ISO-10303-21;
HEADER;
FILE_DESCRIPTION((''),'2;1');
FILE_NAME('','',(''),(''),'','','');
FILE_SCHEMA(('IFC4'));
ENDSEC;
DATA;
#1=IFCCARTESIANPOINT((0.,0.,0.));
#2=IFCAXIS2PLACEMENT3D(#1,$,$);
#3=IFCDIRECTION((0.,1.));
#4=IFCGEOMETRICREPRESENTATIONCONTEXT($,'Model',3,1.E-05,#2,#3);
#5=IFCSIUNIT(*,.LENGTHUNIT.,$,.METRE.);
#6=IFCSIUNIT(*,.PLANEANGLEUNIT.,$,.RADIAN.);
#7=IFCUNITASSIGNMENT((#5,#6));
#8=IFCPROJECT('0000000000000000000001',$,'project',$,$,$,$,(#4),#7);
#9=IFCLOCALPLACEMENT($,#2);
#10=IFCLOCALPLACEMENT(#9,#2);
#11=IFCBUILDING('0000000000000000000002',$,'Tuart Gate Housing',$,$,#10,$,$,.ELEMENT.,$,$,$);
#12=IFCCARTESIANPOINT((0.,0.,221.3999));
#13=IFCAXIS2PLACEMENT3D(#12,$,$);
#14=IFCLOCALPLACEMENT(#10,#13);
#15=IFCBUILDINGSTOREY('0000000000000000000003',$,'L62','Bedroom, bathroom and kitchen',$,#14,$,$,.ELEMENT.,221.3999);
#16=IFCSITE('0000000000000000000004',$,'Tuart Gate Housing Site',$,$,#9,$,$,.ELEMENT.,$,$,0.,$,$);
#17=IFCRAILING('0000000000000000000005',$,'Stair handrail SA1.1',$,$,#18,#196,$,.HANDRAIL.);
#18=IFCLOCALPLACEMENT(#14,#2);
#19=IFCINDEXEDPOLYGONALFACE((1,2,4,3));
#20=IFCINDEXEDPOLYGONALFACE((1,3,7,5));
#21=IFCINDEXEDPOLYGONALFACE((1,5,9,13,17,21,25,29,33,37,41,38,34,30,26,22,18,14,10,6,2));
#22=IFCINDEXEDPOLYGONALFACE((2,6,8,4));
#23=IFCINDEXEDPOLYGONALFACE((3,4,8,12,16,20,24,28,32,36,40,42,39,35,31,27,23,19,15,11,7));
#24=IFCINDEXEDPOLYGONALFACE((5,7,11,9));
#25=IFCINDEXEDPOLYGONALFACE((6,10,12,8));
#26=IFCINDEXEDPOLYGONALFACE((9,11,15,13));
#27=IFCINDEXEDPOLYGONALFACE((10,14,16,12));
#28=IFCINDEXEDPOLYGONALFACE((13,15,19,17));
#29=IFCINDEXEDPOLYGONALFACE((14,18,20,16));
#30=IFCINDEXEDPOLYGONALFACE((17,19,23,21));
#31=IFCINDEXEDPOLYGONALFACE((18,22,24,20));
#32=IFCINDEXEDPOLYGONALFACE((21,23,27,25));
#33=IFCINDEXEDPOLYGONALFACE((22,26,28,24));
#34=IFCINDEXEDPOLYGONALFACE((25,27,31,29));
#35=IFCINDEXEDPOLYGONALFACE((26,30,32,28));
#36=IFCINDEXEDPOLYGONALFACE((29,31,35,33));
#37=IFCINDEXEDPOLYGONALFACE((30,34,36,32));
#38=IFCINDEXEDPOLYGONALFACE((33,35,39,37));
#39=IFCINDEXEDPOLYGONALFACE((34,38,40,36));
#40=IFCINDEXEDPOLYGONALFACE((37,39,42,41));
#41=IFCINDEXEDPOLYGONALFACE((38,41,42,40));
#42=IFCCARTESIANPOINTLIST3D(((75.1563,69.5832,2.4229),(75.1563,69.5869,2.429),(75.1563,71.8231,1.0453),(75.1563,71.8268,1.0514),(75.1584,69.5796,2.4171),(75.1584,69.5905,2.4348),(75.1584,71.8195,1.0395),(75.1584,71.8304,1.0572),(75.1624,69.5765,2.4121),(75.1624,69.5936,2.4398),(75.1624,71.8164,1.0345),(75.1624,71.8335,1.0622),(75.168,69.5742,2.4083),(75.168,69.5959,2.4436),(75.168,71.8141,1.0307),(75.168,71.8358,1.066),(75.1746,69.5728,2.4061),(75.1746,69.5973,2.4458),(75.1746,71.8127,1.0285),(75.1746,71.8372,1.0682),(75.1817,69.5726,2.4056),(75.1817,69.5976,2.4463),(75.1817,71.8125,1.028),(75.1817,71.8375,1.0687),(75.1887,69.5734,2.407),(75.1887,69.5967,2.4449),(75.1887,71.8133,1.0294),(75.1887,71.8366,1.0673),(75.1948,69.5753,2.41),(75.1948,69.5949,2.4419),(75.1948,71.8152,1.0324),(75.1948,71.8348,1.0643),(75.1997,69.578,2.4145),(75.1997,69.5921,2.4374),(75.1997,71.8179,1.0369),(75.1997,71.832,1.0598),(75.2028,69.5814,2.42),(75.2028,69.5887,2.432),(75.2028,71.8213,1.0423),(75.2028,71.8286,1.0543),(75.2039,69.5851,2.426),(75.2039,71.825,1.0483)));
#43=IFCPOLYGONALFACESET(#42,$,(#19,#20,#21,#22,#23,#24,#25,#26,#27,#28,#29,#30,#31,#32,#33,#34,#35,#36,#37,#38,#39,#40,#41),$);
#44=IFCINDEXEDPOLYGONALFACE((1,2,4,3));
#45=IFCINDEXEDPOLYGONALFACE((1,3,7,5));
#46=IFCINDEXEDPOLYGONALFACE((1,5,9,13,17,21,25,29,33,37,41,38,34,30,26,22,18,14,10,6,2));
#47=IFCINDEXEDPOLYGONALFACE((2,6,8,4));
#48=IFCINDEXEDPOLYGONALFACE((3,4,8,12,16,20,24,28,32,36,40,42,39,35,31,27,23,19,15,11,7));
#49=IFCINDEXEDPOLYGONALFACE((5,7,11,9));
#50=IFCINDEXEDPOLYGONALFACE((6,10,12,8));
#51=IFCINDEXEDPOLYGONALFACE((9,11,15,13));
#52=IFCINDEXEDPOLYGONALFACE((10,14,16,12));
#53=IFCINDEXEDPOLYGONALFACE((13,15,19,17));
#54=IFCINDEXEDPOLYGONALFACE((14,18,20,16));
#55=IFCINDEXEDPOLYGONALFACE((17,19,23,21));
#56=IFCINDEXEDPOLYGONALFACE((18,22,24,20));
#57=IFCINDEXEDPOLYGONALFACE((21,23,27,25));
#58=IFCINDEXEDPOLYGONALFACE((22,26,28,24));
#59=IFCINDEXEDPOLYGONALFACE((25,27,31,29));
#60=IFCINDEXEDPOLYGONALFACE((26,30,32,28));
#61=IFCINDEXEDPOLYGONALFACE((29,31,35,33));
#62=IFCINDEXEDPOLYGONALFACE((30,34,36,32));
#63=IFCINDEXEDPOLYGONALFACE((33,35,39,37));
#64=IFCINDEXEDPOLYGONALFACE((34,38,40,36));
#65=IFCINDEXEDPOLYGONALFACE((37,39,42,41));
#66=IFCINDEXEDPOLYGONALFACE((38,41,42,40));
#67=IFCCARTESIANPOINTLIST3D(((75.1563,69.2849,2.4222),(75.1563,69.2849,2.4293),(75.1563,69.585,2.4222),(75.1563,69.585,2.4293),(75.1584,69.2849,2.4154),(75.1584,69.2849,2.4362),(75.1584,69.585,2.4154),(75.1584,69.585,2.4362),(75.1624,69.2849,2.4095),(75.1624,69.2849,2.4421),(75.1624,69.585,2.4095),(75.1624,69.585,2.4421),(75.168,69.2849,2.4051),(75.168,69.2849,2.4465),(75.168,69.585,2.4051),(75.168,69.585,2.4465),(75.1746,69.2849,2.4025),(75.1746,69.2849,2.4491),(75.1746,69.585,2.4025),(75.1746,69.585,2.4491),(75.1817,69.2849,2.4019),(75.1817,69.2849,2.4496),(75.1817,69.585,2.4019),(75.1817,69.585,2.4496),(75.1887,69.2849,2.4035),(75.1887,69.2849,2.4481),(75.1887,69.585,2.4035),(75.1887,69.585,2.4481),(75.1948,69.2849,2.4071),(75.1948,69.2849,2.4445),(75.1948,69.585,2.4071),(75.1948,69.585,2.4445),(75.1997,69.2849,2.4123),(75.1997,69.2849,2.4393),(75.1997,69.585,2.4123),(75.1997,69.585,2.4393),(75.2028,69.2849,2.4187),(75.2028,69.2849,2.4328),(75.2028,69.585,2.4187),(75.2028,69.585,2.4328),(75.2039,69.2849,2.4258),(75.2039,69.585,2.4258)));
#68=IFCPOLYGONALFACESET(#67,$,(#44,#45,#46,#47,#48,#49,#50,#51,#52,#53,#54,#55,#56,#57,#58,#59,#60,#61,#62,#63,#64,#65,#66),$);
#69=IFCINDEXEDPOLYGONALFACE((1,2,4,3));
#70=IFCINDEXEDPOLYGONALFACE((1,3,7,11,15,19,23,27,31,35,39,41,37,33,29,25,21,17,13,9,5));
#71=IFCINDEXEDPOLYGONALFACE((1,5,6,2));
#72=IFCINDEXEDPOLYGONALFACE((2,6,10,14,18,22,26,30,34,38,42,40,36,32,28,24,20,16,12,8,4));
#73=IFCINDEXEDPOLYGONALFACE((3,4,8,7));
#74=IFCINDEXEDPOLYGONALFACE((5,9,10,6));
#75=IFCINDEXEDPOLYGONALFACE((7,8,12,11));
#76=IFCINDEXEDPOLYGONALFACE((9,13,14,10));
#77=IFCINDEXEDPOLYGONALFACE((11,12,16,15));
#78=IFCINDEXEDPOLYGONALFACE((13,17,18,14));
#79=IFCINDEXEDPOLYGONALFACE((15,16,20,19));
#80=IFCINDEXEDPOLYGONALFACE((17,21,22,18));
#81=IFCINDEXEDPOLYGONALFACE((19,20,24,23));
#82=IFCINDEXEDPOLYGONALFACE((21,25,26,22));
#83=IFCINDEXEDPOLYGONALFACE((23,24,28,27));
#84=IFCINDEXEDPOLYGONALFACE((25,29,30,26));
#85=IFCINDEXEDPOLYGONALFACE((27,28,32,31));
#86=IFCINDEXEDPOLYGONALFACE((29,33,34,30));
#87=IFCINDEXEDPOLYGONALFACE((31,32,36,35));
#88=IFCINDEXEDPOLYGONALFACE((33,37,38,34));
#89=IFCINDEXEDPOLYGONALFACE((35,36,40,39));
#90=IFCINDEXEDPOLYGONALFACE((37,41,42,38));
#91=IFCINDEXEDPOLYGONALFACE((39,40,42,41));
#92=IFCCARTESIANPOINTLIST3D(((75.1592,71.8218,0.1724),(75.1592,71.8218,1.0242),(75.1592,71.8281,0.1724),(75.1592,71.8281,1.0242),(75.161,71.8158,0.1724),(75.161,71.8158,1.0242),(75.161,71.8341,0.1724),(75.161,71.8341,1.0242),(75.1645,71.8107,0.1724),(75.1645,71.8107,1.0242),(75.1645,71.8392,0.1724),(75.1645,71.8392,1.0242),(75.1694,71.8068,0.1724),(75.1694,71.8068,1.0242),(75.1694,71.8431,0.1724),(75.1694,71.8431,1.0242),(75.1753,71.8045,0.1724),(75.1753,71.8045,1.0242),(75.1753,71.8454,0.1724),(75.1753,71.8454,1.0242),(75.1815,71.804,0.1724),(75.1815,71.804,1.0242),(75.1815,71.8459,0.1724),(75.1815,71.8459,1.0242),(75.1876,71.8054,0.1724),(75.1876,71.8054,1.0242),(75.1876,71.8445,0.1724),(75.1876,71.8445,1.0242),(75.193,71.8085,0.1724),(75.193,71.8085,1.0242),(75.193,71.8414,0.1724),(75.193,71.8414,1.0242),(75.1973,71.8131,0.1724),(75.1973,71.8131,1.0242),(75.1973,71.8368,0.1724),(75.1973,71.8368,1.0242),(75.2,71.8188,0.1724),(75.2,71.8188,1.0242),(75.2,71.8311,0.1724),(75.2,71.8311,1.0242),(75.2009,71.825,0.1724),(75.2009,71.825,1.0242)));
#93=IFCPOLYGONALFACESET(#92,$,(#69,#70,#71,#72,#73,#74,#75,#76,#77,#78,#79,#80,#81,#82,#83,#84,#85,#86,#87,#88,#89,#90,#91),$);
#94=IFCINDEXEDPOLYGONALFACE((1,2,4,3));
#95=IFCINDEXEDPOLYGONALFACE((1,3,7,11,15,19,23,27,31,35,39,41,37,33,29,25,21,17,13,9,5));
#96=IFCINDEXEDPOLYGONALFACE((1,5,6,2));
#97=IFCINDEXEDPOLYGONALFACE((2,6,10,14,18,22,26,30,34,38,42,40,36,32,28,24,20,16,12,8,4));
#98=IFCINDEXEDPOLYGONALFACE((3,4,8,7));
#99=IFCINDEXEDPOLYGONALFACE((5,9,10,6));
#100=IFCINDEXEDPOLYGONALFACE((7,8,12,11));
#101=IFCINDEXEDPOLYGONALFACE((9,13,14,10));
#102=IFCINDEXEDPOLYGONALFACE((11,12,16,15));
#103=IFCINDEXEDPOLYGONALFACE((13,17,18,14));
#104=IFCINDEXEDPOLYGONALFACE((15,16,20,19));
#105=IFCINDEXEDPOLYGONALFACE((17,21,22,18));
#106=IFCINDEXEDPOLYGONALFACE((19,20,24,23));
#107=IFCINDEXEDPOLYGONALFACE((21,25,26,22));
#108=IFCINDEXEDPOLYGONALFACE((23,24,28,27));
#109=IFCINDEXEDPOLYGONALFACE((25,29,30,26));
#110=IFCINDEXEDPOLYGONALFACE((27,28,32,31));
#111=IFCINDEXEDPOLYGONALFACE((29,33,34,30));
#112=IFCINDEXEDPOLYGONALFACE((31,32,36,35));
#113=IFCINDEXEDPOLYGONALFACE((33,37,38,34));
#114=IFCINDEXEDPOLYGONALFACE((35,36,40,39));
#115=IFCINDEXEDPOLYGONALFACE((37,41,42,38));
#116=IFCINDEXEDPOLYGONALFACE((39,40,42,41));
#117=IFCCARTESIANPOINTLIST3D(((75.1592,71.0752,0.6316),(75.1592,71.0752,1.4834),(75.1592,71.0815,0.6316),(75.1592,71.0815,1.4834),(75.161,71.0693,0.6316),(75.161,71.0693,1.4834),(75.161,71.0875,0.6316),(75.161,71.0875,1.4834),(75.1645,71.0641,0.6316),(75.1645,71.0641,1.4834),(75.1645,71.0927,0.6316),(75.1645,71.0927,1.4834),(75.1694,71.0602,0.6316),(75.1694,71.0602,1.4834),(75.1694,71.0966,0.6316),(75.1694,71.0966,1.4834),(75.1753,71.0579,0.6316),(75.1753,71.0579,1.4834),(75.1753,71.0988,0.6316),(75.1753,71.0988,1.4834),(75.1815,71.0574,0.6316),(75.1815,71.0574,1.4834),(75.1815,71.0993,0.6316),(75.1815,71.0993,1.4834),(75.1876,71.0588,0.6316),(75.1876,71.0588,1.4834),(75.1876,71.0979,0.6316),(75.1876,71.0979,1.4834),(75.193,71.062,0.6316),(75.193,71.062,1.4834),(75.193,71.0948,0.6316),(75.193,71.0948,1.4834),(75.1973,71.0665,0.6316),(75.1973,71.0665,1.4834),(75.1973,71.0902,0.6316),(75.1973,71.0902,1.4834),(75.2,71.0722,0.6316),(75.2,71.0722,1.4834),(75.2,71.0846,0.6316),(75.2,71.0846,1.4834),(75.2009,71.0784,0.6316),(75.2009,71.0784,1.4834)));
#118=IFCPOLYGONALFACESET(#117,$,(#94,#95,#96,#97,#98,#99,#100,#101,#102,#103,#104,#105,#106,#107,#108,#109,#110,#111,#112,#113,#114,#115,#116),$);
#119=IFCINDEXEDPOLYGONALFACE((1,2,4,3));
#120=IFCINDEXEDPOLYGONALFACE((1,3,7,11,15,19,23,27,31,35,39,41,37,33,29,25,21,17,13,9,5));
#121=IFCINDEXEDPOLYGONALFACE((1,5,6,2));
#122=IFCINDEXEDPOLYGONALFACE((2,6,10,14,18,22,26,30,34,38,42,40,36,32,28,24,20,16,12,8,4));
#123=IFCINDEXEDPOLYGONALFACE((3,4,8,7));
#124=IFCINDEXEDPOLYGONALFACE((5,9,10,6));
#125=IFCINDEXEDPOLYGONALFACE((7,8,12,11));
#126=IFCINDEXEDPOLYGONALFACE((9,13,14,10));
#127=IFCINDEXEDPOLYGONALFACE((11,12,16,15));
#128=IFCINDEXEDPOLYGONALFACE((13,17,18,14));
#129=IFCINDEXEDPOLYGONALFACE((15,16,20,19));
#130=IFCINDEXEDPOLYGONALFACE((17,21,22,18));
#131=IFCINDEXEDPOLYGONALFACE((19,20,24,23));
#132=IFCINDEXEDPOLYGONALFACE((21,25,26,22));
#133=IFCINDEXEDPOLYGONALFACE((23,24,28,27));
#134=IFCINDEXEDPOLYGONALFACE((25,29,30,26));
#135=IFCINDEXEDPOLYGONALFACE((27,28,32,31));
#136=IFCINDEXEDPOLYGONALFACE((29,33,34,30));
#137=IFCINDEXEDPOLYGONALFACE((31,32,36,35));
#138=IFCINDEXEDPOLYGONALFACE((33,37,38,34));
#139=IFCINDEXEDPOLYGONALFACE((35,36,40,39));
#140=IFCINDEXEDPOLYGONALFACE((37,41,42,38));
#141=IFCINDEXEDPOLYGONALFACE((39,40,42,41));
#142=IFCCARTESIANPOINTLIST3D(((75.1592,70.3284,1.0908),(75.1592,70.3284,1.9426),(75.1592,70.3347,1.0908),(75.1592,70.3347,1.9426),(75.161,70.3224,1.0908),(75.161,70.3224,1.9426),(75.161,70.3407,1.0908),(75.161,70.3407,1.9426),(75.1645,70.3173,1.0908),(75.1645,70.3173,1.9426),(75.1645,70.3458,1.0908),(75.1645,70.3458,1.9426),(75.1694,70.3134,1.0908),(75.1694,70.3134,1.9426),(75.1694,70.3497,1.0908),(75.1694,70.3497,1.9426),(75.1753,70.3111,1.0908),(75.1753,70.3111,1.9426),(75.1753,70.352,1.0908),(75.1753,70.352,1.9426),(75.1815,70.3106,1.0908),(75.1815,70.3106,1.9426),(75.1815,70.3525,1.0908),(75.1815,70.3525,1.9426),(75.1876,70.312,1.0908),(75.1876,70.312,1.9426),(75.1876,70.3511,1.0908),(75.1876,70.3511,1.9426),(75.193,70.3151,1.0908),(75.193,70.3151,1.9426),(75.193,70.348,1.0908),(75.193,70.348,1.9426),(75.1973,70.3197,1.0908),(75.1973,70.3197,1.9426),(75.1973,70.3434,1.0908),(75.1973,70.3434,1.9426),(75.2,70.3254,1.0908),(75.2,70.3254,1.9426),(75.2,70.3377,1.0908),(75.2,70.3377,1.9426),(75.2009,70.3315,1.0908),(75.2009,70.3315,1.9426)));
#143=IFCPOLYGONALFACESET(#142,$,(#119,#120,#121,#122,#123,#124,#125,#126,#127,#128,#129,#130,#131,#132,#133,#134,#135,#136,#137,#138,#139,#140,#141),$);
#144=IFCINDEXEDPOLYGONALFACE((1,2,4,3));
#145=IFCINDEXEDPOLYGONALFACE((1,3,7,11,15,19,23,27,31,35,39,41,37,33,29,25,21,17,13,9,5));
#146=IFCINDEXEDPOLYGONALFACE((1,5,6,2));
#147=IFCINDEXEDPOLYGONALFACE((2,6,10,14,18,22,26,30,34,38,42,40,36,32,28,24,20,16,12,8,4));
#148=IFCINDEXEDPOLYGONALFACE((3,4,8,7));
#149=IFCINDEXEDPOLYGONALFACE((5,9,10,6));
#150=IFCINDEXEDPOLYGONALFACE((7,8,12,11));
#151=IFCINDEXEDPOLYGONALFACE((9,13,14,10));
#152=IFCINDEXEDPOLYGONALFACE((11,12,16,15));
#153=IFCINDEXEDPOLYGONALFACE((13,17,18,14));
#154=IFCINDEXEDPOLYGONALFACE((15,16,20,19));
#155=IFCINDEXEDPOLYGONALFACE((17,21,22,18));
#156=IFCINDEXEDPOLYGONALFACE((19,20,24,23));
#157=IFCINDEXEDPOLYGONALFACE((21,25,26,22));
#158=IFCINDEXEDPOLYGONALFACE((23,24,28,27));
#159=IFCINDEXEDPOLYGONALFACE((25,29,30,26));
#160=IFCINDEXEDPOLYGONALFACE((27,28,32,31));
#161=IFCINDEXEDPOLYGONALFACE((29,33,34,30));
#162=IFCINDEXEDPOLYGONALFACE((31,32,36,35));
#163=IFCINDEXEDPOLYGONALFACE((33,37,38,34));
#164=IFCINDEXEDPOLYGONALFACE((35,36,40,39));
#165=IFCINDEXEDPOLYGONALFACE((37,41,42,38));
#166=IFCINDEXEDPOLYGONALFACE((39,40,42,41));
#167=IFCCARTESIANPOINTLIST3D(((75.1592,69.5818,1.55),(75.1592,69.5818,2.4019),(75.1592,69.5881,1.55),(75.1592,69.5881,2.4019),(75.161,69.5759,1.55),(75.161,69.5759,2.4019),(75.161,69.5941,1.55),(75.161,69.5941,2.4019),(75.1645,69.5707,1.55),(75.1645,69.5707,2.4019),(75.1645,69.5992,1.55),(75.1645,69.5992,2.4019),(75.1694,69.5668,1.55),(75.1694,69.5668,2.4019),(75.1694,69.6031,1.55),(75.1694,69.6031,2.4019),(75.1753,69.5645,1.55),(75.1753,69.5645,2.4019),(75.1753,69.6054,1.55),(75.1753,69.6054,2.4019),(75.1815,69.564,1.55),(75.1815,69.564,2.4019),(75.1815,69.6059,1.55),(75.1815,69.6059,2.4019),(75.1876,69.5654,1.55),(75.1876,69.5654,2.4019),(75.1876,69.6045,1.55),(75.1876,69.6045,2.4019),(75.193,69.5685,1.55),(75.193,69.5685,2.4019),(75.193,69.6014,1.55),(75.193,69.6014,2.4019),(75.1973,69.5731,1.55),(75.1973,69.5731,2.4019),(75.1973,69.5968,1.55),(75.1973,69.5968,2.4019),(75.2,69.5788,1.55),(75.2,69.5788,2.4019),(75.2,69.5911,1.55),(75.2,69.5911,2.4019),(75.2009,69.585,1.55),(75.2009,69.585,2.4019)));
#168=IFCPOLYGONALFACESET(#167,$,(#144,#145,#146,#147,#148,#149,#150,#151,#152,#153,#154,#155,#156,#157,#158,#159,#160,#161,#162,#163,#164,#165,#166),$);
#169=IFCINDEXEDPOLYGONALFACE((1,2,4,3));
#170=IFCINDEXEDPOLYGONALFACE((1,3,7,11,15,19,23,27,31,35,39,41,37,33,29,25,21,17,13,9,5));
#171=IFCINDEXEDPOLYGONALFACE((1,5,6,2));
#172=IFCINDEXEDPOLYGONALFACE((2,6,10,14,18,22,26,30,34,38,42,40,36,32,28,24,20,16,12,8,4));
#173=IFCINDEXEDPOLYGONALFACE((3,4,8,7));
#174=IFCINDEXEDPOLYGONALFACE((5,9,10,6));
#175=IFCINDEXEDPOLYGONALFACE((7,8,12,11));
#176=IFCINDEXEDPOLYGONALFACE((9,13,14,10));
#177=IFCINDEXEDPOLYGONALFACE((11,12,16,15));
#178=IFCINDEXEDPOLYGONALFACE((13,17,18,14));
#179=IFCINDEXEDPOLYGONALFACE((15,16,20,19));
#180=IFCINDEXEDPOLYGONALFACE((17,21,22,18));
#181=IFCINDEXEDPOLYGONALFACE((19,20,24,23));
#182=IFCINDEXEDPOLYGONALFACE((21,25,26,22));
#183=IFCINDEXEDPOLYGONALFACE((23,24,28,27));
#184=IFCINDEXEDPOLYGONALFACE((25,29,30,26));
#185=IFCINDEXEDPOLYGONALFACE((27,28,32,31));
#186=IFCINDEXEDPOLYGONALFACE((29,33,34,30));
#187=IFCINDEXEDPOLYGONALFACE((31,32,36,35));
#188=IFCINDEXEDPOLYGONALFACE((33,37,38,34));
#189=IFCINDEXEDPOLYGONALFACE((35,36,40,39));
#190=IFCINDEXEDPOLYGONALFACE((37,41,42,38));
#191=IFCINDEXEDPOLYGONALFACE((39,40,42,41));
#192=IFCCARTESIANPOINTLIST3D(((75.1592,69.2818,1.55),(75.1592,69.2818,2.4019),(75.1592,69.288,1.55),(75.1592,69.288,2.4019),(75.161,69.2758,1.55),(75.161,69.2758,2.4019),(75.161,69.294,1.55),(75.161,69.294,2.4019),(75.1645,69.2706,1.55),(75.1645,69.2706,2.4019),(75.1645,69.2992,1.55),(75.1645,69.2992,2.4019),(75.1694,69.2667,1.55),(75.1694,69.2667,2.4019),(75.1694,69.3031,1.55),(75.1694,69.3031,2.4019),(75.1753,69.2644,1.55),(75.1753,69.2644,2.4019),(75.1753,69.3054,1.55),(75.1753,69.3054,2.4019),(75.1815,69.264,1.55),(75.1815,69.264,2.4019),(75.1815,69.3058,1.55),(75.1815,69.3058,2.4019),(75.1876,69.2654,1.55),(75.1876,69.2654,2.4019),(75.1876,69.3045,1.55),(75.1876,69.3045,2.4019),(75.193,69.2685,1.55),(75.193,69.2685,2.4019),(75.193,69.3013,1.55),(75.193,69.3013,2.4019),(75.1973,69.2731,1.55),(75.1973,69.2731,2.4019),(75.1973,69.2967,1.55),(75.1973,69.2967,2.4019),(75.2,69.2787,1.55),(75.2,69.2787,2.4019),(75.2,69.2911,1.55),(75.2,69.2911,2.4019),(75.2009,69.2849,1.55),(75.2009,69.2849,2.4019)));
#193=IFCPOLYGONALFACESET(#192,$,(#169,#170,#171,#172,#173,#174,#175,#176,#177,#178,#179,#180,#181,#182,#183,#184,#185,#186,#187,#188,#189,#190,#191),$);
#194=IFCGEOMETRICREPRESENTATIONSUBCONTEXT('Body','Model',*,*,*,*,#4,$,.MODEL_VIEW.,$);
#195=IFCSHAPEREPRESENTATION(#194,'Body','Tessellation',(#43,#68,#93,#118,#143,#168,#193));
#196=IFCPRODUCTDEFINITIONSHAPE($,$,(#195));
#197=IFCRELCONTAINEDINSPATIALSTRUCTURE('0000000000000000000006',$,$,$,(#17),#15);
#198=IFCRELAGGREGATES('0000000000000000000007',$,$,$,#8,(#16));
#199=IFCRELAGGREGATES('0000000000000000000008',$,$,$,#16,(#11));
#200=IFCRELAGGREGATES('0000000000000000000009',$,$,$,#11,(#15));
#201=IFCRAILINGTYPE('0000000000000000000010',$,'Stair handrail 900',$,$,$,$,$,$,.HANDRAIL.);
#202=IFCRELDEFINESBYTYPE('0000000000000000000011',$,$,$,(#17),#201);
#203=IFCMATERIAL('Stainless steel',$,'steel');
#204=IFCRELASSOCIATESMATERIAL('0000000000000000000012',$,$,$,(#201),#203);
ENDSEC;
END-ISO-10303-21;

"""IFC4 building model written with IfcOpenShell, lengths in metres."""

from ifc_helpers import new_model, si_unit, direction, frame, origin, origin_2d, place, context, subcontext, project, spatial, circle, extrude, material, type_object, element, save


model = new_model("IFC4")

# Units and contexts
model_context = context("Model", 3, precision=1e-05, world=origin(), true_north=direction((0.0, 1.0)))
body_context = subcontext(model_context, "Body", "Model", "MODEL_VIEW")
ifc_project = project(units=[si_unit("LENGTHUNIT", "METRE"), si_unit("PLANEANGLEUNIT", "RADIAN")], contexts=[model_context])

# Site, building, storey
site_placement = place(None, origin())
site = spatial("IfcSite", under=ifc_project, at=site_placement, Name="Tuart Gate Housing Site", CompositionType="ELEMENT", RefElevation=0.0)
building_placement = place(site_placement, origin())
building = spatial("IfcBuilding", under=site, at=building_placement, Name="Tuart Gate Housing", CompositionType="ELEMENT")
storey_placement = place(building_placement, frame((0.0, 0.0, 221.3999)))
storey = spatial("IfcBuildingStorey", under=building, at=storey_placement, Name="L62", Description="Bedroom, bathroom and kitchen", CompositionType="ELEMENT", Elevation=221.3999)

# Railing
ifc_material_1 = material(Name="Stainless steel", Category="steel")
railing_type = type_object("IfcRailingType", Name="Stair handrail 900", PredefinedType="HANDRAIL", material=ifc_material_1)
railing_placement = place(storey_placement, frame((75.1799, 71.825, 0.1724)))
element("IfcRailing", 1, at=railing_placement, inside=storey, type_object=railing_type, Name="Stair handrail SA1.1", PredefinedType="HANDRAIL", context=body_context, shape_type="SweptSolid", body=[
    extrude(circle(Radius=0.0239, at=origin_2d()), frame((0.0, 0.0, 0.876), z_axis=(0.0, -0.851789, 0.523885), x_axis=(1.0, 0.0, 0.0)), (0.0, 0.0, 1.0), 2.6296),
    extrude(circle(Radius=0.0239, at=origin_2d()), frame((0.0, -2.24, 2.2534), z_axis=(0.0, -1.0, 0.0), x_axis=(1.0, 0.0, 0.0)), (0.0, 0.0, 1.0), 0.3),
    extrude(circle(Radius=0.021, at=origin_2d()), origin(), (0.0, 0.0, 1.0), 0.8518),
    extrude(circle(Radius=0.021, at=origin_2d()), frame((0.0, -0.7466, 0.4592)), (0.0, 0.0, 1.0), 0.8518),
    extrude(circle(Radius=0.021, at=origin_2d()), frame((0.0, -1.4934, 0.9185)), (0.0, 0.0, 1.0), 0.8518),
    extrude(circle(Radius=0.021, at=origin_2d()), frame((0.0, -2.24, 1.3777)), (0.0, 0.0, 1.0), 0.8518),
    extrude(circle(Radius=0.021, at=origin_2d()), frame((0.0, -2.54, 1.3777)), (0.0, 0.0, 1.0), 0.8518),
])

save(model, "model.ifc")
